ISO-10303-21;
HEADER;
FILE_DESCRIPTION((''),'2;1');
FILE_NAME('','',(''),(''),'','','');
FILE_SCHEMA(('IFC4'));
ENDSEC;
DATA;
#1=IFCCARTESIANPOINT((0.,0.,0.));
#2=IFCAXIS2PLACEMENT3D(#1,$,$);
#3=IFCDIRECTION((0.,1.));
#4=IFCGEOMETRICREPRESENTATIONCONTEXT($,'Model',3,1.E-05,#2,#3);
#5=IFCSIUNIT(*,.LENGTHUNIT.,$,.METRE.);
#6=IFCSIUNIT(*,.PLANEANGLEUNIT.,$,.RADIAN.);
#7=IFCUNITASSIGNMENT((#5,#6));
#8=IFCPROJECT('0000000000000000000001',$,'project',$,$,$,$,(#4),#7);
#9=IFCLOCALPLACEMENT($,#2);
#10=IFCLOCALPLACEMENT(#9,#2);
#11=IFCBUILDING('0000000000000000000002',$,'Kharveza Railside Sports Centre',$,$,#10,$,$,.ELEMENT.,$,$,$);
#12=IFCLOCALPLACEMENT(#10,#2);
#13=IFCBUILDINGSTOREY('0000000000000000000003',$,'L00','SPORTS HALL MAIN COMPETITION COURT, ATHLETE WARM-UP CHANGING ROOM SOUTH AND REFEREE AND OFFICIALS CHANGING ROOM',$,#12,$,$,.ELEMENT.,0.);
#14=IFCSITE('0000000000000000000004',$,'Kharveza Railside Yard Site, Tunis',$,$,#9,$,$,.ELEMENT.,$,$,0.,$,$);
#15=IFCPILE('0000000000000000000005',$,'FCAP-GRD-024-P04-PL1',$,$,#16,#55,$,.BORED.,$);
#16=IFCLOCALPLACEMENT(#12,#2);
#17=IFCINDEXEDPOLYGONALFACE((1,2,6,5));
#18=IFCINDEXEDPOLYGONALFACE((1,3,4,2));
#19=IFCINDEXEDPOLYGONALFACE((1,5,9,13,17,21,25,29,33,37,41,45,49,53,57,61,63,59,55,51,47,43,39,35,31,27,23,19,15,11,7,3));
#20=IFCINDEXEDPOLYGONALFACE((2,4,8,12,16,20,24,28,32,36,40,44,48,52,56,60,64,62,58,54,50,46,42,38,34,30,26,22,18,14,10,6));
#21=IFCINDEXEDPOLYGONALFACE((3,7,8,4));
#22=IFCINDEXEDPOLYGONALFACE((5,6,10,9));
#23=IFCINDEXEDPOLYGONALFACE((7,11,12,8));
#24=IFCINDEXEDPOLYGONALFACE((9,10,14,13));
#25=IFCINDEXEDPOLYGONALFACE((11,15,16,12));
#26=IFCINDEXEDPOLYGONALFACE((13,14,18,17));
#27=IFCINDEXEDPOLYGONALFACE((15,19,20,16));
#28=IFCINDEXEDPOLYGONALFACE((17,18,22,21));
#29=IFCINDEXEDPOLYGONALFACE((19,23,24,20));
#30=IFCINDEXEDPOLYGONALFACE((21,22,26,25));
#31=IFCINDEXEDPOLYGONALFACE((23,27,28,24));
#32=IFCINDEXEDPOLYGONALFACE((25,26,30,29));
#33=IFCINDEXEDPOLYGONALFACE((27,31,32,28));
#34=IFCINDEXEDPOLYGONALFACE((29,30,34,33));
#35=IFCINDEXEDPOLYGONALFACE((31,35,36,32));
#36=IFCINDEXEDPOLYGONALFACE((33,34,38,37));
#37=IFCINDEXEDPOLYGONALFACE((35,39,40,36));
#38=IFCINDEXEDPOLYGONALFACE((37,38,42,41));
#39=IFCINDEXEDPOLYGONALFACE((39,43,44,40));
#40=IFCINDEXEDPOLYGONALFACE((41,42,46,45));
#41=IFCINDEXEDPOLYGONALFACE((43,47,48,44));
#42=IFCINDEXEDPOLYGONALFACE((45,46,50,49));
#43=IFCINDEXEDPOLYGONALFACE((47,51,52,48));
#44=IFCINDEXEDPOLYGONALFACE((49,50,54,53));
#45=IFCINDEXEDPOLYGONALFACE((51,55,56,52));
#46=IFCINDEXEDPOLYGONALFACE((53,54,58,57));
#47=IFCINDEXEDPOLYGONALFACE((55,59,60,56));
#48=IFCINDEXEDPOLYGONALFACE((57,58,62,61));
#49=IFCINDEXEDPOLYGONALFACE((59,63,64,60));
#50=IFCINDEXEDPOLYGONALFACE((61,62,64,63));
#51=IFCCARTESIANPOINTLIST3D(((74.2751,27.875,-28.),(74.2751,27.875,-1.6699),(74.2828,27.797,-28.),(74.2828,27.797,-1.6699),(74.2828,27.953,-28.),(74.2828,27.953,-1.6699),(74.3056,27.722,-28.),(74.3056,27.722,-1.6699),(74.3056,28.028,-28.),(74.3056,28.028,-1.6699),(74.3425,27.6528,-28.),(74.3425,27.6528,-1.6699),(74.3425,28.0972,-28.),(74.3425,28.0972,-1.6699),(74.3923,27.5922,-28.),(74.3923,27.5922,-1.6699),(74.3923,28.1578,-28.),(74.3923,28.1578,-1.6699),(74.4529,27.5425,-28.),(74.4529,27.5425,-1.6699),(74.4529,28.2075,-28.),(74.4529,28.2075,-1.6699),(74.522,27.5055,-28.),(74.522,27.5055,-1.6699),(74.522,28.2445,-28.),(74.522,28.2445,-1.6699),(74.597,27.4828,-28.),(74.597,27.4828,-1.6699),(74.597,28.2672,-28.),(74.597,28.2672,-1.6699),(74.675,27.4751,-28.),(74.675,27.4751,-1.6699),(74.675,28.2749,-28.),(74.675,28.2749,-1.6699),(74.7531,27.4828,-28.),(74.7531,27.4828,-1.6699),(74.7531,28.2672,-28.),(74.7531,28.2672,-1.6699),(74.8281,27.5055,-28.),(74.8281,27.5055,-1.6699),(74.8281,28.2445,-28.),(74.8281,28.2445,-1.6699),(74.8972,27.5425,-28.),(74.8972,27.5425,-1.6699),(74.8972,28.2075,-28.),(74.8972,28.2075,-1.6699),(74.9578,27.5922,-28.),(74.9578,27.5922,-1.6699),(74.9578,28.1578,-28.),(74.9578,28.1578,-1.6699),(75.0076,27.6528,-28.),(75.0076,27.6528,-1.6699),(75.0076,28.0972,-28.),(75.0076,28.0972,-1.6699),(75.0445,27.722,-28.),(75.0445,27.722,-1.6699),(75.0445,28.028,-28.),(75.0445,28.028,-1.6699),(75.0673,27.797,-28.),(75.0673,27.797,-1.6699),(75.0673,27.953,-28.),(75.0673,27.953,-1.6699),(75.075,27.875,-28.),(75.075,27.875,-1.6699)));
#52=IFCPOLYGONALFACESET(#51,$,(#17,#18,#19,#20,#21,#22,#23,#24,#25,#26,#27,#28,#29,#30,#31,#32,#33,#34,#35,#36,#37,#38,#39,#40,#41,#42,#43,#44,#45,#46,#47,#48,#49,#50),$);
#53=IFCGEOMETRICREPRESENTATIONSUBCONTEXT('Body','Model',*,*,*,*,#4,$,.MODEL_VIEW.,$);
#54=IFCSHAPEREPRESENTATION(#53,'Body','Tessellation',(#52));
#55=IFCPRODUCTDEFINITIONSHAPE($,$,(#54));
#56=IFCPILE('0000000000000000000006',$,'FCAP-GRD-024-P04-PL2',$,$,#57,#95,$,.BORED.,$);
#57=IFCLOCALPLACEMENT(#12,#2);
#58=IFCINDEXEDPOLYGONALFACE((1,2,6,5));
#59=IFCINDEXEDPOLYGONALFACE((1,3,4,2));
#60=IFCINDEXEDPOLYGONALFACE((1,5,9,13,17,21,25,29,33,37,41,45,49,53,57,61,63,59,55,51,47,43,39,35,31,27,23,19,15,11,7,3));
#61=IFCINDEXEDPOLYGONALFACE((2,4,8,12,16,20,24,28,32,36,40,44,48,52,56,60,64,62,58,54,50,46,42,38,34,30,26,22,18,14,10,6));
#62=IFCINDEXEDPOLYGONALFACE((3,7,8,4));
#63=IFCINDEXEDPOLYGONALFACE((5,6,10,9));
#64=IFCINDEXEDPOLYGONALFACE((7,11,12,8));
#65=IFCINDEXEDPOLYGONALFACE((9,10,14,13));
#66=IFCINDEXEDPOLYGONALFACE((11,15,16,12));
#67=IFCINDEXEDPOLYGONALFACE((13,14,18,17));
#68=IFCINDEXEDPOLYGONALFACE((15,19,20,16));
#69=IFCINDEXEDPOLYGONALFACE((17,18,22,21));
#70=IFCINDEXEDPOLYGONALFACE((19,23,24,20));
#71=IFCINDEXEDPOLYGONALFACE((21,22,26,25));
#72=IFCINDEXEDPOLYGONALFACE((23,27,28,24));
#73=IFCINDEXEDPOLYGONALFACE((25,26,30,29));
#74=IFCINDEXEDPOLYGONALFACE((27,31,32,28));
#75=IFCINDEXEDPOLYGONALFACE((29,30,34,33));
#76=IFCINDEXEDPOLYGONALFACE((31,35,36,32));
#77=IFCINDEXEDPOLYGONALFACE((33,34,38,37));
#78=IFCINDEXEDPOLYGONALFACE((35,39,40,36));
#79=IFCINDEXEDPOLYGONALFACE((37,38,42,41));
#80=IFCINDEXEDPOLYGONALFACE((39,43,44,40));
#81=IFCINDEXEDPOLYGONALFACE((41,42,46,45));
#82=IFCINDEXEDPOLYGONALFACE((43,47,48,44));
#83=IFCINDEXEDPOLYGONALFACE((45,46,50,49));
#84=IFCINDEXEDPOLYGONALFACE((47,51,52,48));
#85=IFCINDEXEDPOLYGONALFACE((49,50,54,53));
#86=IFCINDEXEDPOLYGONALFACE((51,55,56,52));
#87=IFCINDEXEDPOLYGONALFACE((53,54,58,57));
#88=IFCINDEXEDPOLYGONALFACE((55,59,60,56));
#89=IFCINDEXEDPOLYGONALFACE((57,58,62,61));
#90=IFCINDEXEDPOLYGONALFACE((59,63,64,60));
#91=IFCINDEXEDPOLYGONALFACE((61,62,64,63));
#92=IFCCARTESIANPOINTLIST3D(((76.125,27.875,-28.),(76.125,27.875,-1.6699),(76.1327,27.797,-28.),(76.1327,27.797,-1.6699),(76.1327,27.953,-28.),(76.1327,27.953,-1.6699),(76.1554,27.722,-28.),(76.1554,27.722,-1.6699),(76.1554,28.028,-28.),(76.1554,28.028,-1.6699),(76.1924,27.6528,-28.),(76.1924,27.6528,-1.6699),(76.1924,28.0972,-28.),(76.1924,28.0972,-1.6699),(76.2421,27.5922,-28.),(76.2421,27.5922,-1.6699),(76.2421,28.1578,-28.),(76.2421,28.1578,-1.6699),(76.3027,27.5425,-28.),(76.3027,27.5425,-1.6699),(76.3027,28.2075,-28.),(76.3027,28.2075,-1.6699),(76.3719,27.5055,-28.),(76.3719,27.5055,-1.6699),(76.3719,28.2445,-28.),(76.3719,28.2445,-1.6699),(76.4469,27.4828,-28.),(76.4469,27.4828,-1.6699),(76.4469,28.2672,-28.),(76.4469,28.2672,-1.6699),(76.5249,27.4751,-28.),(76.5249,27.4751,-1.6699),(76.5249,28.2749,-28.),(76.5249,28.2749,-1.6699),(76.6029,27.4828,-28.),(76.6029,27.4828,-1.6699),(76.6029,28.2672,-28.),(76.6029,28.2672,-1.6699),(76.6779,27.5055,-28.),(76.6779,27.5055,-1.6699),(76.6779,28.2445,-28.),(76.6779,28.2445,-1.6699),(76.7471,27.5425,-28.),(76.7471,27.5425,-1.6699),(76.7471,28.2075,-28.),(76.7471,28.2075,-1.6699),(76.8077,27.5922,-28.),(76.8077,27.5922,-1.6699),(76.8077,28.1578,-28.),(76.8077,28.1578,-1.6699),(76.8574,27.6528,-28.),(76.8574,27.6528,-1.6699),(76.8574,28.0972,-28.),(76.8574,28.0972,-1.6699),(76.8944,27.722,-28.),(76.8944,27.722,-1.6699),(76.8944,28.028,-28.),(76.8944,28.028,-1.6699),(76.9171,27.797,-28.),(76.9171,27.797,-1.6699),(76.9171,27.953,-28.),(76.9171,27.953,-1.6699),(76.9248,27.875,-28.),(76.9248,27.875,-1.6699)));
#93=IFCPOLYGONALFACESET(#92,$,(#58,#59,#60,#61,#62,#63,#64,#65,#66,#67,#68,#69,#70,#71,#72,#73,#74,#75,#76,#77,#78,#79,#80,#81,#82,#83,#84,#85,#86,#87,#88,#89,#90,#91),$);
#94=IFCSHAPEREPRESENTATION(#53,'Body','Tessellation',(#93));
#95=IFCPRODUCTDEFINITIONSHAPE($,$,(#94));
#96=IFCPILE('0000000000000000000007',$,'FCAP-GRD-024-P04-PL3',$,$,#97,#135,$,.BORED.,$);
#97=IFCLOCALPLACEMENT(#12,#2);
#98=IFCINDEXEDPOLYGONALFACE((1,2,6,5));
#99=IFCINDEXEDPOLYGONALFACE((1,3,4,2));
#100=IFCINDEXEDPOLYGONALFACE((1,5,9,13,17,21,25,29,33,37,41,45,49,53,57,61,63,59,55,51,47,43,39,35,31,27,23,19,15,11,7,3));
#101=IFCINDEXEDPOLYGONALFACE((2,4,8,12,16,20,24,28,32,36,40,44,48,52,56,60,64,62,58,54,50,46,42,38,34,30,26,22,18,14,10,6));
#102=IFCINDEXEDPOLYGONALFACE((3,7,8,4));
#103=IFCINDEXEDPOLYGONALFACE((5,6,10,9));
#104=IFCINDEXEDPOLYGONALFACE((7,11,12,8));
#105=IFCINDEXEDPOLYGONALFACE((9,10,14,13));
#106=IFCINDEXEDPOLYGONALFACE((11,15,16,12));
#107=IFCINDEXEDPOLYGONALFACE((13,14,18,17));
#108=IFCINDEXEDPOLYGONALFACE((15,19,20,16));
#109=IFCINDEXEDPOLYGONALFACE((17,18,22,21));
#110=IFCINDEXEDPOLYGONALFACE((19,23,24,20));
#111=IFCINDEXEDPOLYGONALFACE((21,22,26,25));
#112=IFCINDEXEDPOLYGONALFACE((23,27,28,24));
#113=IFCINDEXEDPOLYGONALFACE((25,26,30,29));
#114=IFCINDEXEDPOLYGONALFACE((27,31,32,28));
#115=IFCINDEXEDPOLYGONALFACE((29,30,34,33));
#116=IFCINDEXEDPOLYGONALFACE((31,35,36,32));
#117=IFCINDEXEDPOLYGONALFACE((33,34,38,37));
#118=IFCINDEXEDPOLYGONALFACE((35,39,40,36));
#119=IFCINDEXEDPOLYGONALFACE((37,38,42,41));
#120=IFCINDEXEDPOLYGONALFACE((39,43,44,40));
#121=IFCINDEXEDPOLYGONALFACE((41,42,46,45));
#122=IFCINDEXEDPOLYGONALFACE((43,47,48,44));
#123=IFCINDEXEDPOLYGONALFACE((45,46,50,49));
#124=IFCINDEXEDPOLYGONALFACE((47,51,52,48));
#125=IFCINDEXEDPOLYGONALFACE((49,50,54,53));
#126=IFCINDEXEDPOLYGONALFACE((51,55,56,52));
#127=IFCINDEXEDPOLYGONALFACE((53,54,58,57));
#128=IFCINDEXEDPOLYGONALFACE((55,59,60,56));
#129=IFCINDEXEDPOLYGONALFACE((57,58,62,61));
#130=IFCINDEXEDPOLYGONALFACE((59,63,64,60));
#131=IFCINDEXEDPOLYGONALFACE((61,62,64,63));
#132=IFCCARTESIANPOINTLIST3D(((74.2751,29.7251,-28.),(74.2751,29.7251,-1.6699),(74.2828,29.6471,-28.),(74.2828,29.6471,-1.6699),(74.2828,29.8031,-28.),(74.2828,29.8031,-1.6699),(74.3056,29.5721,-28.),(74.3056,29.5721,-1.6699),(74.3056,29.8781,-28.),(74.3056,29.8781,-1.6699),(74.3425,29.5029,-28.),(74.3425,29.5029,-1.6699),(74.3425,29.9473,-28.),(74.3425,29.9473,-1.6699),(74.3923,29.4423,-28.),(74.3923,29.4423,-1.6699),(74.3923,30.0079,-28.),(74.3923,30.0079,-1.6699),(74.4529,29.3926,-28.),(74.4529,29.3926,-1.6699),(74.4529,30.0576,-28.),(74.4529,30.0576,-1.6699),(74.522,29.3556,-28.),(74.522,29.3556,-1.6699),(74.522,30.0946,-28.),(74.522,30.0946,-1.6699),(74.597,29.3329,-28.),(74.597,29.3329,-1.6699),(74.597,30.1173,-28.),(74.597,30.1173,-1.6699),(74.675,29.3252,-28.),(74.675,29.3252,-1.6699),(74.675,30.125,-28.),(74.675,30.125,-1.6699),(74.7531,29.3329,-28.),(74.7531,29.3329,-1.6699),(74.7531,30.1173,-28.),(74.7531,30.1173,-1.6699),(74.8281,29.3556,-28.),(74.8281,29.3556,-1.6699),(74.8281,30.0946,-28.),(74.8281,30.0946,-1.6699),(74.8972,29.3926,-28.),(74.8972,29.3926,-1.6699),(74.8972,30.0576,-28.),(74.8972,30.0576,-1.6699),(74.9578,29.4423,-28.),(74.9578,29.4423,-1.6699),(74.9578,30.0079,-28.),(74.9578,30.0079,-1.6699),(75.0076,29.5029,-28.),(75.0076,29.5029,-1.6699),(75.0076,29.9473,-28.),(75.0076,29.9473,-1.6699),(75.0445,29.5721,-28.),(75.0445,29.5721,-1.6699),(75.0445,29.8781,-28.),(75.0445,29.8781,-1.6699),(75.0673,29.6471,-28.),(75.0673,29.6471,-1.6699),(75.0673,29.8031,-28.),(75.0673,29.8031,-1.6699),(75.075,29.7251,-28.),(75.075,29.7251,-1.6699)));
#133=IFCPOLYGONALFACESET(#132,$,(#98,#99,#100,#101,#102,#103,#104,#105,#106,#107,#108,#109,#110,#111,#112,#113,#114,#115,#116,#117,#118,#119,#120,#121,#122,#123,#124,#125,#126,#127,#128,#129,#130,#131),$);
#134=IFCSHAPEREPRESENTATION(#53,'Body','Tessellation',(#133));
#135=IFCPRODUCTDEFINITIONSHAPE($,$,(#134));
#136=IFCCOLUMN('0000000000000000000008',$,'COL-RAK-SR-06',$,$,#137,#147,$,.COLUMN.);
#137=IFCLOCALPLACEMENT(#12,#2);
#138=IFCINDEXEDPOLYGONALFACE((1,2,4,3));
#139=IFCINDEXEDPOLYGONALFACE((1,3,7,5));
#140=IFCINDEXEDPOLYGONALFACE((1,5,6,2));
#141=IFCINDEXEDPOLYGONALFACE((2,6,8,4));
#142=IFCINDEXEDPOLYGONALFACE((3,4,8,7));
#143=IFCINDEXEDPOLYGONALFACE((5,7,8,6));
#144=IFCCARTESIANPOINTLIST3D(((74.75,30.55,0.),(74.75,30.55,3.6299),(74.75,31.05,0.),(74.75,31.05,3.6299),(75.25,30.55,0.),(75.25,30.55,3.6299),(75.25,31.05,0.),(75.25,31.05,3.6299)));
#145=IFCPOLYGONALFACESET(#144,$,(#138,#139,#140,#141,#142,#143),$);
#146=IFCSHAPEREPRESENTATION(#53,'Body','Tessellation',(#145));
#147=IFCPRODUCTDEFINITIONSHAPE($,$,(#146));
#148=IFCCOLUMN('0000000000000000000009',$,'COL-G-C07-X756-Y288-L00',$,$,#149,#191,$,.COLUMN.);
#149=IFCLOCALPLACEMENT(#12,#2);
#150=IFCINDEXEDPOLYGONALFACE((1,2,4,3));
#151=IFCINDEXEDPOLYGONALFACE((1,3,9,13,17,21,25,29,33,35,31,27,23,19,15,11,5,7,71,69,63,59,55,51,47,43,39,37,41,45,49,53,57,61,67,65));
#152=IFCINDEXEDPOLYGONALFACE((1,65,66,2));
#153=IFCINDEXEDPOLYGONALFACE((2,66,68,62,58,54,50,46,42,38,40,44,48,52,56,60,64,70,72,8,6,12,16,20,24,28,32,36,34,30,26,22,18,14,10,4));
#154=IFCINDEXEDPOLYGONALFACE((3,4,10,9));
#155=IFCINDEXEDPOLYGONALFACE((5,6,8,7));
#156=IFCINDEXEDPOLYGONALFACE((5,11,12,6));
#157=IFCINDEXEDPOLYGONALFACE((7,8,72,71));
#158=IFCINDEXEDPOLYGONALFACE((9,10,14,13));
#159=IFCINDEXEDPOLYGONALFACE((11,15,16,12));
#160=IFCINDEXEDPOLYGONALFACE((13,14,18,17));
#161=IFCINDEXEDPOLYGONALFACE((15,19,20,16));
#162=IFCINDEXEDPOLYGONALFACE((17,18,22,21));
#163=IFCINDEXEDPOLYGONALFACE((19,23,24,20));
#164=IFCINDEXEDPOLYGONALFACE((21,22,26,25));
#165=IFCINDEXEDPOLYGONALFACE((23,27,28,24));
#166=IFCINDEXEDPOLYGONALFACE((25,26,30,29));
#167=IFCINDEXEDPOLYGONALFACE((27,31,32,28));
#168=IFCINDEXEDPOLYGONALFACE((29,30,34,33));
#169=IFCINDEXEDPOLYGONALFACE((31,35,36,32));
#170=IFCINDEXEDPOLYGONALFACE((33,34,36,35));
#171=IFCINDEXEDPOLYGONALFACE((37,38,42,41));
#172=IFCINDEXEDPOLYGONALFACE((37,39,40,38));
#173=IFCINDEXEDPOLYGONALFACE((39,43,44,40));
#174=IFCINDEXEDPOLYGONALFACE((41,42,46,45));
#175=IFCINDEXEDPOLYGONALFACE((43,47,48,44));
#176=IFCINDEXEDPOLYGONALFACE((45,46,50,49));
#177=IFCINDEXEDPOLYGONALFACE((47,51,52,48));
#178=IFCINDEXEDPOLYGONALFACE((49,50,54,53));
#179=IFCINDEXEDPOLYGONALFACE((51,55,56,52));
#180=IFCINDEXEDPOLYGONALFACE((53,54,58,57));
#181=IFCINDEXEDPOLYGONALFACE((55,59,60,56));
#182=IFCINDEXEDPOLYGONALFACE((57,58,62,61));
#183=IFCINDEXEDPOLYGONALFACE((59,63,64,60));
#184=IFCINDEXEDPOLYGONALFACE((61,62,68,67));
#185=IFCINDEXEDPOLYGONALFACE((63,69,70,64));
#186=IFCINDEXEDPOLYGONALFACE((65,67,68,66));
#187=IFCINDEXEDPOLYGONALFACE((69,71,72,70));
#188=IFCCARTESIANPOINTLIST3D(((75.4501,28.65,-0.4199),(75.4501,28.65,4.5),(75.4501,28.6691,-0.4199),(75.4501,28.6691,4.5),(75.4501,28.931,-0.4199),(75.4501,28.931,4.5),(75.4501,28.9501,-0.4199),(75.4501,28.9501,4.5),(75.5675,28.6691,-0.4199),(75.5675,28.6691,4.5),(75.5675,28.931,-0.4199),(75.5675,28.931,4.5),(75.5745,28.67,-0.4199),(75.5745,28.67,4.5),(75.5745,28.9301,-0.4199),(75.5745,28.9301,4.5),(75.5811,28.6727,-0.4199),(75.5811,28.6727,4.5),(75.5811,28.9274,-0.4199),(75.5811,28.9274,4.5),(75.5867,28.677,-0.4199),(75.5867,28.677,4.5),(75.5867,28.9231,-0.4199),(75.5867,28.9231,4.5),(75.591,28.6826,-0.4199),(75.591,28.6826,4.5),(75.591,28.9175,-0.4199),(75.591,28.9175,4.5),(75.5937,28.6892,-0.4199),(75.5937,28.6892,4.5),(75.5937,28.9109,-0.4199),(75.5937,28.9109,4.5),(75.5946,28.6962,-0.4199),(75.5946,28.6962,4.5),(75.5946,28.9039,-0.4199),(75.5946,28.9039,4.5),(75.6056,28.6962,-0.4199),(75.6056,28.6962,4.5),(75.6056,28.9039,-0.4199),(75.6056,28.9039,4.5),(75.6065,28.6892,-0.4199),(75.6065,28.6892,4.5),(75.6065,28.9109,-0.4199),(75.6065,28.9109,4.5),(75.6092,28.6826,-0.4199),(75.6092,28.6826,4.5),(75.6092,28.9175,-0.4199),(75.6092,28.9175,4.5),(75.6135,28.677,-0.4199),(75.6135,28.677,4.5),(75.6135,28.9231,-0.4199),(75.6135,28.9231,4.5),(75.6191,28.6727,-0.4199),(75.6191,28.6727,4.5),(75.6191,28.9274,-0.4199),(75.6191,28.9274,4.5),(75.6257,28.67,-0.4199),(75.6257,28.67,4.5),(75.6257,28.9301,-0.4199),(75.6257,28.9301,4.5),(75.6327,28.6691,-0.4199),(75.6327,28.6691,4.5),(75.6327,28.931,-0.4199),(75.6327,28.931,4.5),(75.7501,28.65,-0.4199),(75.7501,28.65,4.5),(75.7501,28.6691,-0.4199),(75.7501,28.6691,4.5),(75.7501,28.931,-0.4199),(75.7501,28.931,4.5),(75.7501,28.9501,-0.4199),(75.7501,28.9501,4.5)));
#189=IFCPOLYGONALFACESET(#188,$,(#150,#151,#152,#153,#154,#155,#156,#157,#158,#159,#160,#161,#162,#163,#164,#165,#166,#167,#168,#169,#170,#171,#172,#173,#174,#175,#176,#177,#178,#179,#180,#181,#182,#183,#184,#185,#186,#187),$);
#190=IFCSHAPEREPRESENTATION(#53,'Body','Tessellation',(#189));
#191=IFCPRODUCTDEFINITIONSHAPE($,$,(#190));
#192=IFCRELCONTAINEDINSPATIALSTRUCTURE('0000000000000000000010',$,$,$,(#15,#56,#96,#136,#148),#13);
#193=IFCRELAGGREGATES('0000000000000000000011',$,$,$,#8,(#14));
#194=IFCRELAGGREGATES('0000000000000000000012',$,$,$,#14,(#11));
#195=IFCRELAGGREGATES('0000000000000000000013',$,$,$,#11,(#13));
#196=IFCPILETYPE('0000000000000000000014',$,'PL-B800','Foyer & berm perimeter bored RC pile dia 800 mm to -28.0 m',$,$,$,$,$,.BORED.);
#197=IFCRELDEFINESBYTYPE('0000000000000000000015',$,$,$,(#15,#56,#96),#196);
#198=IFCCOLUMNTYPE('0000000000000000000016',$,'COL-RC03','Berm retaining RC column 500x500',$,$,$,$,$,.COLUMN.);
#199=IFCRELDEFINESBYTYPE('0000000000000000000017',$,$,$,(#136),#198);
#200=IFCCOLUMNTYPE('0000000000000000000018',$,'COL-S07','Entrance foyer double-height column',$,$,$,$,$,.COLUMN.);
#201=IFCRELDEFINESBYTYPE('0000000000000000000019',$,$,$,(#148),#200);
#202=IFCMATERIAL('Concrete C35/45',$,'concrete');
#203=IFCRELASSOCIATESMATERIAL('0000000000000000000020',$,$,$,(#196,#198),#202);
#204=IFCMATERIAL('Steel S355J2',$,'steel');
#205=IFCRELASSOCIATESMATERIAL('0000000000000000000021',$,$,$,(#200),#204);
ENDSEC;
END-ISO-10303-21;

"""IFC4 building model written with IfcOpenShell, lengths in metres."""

from ifc_helpers import new_model, si_unit, direction, frame, origin, origin_2d, place, context, subcontext, project, spatial, rectangle, circle, i_section, extrude, material, material_profile, profile_set, type_object, element, save


model = new_model("IFC4")

# Units and contexts
model_context = context("Model", 3, precision=1e-05, world=origin(), true_north=direction((0.0, 1.0)))
body_context = subcontext(model_context, "Body", "Model", "MODEL_VIEW")
ifc_project = project(units=[si_unit("LENGTHUNIT", "METRE"), si_unit("PLANEANGLEUNIT", "RADIAN")], contexts=[model_context])

# Site, building, storey
site_placement = place(None, origin())
site = spatial("IfcSite", under=ifc_project, at=site_placement, Name="Kharveza Railside Yard Site, Tunis", CompositionType="ELEMENT", RefElevation=0.0)
building_placement = place(site_placement, origin())
building = spatial("IfcBuilding", under=site, at=building_placement, Name="Kharveza Railside Sports Centre", CompositionType="ELEMENT")
storey_placement = place(building_placement, origin())
storey = spatial("IfcBuildingStorey", under=building, at=storey_placement, Name="L00", Description="SPORTS HALL MAIN COMPETITION COURT, ATHLETE WARM-UP CHANGING ROOM SOUTH AND REFEREE AND OFFICIALS CHANGING ROOM", CompositionType="ELEMENT", Elevation=0.0)

# Shared definitions
ifc_material_1 = material(Name="Concrete C35/45", Category="concrete")

# Piles
ifc_material_profile_1 = material_profile(ifc_material_1, circle(Radius=0.3999, at=origin_2d()), Name="PILE D800")
ifc_profile_set_1 = profile_set([ifc_material_profile_1], Name="Concrete C35/45")
pile_type_1 = type_object("IfcPileType", Name="PL-B800", Description="Foyer & berm perimeter bored RC pile dia 800 mm to -28.0 m", PredefinedType="BORED", material=ifc_profile_set_1)
for number, where, z_axis, x_axis, name in (
    (1, (74.675, 27.875, -1.6699), (0.0, 0.0, -1.0), (1.0, 0.0, 0.0), "FCAP-GRD-024-P04-PL1"),
    (2, (76.5249, 27.875, -1.6699), (0.0, 0.0, -1.0), (1.0, 0.0, 0.0), "FCAP-GRD-024-P04-PL2"),
    (3, (74.675, 29.7251, -1.6699), (0.0, 0.0, -1.0), (1.0, 0.0, 0.0), "FCAP-GRD-024-P04-PL3"),
):
    element("IfcPile", number, at=place(storey_placement, frame(where, z_axis=z_axis, x_axis=x_axis)), inside=storey, type_object=pile_type_1, Name=name, PredefinedType="BORED", context=body_context, shape_type="SweptSolid", body=[
        extrude(circle(Radius=0.3999, at=origin_2d()), origin(), (0.0, 0.0, 1.0), 26.3301),
    ])

# Columns
ifc_material_profile_2 = material_profile(ifc_material_1, rectangle(XDim=0.5, YDim=0.5, at=origin_2d()), Name="RC 500x500")
ifc_profile_set_2 = profile_set([ifc_material_profile_2], Name="Concrete C35/45")
column_type_1 = type_object("IfcColumnType", Name="COL-RC03", Description="Berm retaining RC column 500x500", PredefinedType="COLUMN", material=ifc_profile_set_2)
column_1_placement = place(storey_placement, frame((75.0, 30.8, 0.0), z_axis=(0.0, 0.0, 1.0), x_axis=(1.0, 0.0, 0.0)))
element("IfcColumn", 4, at=column_1_placement, inside=storey, type_object=column_type_1, Name="COL-RAK-SR-06", PredefinedType="COLUMN", context=body_context, shape_type="SweptSolid", body=[
    extrude(rectangle(XDim=0.5, YDim=0.5, at=origin_2d()), origin(), (0.0, 0.0, 1.0), 3.6299),
])
ifc_material_2 = material(Name="Steel S355J2", Category="steel")
ifc_material_profile_3 = material_profile(ifc_material_2, i_section(OverallWidth=0.3, OverallDepth=0.3, WebThickness=0.011, FlangeThickness=0.019, FilletRadius=0.0271, at=origin_2d()), Name="HEB 300")
ifc_profile_set_3 = profile_set([ifc_material_profile_3], Name="Steel S355J2")
column_type_2 = type_object("IfcColumnType", Name="COL-S07", Description="Entrance foyer double-height column", PredefinedType="COLUMN", material=ifc_profile_set_3)
column_2_placement = place(storey_placement, frame((75.6001, 28.8, -0.4199), z_axis=(0.0, 0.0, 1.0), x_axis=(1.0, 0.0, 0.0)))
element("IfcColumn", 5, at=column_2_placement, inside=storey, type_object=column_type_2, Name="COL-G-C07-X756-Y288-L00", PredefinedType="COLUMN", context=body_context, shape_type="SweptSolid", body=[
    extrude(i_section(OverallWidth=0.3, OverallDepth=0.3, WebThickness=0.011, FlangeThickness=0.019, FilletRadius=0.0271, at=origin_2d()), origin(), (0.0, 0.0, 1.0), 4.9199),
])

save(model, "model.ifc")
